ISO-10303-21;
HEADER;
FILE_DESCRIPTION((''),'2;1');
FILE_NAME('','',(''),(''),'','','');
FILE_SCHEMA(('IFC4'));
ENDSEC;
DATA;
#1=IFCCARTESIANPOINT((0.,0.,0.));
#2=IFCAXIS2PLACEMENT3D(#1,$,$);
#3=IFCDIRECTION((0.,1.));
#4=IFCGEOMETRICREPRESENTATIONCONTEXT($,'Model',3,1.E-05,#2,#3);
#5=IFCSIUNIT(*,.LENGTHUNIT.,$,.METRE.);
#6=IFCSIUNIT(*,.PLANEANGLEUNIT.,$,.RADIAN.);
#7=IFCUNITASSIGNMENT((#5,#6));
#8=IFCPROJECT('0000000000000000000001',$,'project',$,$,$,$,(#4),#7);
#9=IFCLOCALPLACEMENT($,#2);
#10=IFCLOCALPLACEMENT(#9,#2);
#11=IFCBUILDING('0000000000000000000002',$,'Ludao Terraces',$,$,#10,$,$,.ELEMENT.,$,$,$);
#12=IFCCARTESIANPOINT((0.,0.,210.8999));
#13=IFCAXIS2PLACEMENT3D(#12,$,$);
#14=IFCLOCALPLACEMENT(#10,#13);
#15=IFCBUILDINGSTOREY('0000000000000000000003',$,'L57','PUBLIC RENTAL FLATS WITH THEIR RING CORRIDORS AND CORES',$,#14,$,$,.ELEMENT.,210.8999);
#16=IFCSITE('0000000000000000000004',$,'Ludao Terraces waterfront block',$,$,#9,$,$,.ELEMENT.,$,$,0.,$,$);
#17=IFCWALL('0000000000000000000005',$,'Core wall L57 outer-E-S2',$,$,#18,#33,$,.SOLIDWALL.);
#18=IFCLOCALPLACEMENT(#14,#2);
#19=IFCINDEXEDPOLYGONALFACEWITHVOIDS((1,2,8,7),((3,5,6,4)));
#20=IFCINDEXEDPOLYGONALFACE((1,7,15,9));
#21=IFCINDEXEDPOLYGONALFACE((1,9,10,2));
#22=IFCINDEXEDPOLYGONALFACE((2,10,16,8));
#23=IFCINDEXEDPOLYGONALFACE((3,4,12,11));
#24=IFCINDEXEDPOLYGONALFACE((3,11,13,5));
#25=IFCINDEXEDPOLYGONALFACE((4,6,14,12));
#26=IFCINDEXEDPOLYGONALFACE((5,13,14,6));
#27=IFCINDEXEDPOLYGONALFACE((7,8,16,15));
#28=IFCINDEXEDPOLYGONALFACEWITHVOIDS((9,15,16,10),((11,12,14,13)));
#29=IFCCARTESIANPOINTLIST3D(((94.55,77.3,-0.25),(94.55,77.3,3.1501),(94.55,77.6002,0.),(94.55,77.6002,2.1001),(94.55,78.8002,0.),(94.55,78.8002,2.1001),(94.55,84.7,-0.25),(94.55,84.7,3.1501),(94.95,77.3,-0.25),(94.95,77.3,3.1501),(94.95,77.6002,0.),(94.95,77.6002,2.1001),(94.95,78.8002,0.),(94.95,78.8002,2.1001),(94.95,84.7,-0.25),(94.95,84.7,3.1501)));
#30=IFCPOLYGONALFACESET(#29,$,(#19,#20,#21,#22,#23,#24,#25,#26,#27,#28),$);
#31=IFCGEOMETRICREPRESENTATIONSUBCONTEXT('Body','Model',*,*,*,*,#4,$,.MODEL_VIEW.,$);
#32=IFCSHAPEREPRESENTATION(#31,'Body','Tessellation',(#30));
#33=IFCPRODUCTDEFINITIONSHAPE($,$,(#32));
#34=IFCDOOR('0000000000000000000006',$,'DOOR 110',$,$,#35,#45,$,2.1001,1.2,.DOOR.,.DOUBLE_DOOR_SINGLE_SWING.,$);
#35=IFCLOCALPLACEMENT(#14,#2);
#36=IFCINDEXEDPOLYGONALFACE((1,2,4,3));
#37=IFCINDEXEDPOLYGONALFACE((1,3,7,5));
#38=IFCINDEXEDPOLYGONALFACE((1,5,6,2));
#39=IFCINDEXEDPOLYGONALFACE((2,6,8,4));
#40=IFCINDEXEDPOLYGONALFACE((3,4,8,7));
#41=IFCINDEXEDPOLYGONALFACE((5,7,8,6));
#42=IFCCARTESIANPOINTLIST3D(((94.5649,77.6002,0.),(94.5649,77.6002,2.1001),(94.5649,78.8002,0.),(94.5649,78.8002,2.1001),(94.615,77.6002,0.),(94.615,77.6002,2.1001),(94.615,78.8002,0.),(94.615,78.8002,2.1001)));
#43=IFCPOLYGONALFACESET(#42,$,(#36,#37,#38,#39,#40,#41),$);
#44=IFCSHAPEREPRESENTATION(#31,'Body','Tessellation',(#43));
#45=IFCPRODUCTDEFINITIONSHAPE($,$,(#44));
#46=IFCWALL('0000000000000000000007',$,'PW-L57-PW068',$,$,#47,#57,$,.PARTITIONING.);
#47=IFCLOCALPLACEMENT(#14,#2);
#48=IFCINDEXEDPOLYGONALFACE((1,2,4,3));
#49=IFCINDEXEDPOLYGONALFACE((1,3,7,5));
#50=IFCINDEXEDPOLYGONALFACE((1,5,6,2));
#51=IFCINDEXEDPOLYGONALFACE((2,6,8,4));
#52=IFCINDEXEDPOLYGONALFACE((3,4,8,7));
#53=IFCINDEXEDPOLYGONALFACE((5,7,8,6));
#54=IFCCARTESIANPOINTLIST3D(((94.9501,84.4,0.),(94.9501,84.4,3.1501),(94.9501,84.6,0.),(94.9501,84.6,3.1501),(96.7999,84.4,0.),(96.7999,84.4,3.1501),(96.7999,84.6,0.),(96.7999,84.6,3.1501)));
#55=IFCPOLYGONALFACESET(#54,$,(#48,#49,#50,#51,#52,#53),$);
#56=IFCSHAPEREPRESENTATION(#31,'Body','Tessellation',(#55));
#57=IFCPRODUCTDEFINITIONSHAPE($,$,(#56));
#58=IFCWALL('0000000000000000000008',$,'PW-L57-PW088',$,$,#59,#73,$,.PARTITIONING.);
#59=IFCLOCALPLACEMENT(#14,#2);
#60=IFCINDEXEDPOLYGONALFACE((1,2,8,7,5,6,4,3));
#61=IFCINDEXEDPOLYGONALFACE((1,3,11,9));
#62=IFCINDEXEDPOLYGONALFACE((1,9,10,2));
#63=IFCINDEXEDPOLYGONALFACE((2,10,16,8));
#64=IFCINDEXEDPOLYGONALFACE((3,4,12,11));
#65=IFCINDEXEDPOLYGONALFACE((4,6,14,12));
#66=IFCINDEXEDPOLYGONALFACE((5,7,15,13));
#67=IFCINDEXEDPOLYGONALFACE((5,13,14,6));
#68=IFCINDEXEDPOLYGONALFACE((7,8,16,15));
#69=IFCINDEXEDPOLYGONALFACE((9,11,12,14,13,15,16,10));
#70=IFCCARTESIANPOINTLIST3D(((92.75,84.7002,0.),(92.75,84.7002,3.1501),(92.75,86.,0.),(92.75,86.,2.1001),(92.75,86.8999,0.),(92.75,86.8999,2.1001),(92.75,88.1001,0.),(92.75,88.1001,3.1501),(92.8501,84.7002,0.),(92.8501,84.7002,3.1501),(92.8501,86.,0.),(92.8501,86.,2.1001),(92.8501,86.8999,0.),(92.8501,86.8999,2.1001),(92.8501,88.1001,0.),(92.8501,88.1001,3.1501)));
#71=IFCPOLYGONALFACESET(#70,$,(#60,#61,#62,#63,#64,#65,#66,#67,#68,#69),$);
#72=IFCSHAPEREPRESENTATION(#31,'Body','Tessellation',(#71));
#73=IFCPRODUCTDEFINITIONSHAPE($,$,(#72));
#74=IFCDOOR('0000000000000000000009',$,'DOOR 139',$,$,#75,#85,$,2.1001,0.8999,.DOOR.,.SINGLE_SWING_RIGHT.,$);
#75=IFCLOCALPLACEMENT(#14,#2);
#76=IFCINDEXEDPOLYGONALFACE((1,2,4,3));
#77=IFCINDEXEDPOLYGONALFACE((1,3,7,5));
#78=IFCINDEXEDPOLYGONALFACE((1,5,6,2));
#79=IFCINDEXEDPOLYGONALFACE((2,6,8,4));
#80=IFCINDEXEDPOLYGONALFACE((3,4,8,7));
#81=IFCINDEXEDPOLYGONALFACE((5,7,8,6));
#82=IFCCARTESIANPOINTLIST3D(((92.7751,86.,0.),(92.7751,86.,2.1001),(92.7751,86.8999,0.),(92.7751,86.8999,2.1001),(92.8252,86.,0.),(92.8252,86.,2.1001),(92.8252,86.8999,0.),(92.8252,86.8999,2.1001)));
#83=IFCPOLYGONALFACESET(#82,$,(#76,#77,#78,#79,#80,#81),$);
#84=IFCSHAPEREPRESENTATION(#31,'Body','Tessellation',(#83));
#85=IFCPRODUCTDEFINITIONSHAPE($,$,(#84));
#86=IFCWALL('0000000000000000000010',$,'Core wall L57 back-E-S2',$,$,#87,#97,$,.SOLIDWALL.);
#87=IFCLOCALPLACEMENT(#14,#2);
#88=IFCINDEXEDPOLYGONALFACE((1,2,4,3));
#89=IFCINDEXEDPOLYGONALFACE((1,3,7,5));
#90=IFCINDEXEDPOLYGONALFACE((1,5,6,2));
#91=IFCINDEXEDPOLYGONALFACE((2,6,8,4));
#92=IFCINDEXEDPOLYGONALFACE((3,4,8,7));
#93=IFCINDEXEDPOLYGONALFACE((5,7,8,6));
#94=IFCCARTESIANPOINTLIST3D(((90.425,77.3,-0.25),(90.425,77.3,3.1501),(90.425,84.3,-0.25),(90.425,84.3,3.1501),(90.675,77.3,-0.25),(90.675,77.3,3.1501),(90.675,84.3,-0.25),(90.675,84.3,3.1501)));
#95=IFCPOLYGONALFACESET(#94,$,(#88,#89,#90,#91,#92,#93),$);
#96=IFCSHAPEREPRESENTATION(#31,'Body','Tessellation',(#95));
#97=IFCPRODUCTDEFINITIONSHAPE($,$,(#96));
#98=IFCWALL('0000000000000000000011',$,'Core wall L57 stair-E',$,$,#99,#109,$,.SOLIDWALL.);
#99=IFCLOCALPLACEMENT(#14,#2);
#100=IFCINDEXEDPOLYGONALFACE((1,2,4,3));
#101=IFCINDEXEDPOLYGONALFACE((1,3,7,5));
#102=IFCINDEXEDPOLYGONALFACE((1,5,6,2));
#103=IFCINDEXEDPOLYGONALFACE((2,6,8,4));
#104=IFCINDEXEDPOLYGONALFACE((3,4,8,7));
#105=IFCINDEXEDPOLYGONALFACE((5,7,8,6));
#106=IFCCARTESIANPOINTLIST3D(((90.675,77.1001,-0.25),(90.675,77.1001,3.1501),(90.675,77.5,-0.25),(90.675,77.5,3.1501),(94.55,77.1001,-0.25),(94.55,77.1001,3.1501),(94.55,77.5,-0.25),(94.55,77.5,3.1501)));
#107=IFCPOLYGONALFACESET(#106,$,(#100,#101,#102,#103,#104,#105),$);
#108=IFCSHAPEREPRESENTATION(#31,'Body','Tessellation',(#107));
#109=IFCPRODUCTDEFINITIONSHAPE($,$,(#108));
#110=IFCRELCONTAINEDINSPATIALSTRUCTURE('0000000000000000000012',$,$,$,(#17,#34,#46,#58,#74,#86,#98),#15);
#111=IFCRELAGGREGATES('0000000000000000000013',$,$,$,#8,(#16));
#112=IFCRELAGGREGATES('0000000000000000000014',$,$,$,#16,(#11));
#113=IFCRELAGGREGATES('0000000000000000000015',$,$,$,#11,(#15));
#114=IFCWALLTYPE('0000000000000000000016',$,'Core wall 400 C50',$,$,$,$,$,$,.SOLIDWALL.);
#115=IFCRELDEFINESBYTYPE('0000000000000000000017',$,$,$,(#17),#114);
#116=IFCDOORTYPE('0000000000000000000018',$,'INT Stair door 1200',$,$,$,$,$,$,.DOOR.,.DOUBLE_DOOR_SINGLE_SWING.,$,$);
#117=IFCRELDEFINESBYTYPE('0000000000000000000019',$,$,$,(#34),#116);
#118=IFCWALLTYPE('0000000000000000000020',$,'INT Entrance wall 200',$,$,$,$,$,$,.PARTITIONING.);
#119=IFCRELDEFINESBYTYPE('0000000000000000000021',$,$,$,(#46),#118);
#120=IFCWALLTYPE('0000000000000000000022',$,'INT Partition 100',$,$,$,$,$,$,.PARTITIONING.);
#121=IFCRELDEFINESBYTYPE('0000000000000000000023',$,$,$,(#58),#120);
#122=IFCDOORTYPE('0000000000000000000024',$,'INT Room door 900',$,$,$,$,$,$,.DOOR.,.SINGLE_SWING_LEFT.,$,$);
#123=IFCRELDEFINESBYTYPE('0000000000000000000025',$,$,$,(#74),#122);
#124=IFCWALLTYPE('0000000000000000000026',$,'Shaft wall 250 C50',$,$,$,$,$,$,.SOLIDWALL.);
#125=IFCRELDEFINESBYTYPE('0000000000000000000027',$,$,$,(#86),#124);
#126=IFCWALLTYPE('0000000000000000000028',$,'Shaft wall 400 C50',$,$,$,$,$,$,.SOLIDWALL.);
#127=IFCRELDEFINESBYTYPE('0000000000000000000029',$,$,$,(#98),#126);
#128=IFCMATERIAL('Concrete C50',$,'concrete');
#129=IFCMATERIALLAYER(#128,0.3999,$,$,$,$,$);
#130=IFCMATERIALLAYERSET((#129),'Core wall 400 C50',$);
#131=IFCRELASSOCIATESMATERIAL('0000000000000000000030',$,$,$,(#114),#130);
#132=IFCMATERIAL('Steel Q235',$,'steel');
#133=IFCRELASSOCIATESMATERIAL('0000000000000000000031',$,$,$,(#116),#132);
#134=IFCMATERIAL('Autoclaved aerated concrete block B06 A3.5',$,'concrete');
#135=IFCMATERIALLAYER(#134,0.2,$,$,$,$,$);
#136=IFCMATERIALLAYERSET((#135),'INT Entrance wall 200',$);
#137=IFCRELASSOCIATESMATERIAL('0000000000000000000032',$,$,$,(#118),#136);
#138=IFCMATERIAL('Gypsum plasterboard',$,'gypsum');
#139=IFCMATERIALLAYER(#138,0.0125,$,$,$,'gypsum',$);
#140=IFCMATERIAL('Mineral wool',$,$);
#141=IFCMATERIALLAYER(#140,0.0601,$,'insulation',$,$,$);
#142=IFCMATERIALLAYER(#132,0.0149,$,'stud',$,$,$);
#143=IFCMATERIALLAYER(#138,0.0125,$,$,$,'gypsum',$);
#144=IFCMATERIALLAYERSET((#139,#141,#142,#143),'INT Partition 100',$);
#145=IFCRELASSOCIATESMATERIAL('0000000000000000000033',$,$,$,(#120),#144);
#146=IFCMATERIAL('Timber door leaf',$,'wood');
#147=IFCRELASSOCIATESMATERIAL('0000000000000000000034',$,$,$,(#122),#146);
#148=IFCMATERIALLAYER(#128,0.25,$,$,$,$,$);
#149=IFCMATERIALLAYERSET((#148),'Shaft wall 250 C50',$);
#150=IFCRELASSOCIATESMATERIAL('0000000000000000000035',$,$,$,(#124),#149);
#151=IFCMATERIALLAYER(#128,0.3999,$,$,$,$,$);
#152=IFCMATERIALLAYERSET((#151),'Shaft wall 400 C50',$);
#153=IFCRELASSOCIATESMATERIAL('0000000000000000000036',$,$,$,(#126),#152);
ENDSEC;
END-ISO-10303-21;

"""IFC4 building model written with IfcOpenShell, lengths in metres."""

from ifc_helpers import new_model, si_unit, direction, frame, frame_2d, origin, place, context, subcontext, project, spatial, rectangle, extrude, material, layer, layer_set, type_object, element, fill, save


model = new_model("IFC4")

# Units and contexts
model_context = context("Model", 3, precision=1e-05, world=origin(), true_north=direction((0.0, 1.0)))
body_context = subcontext(model_context, "Body", "Model", "MODEL_VIEW")
ifc_project = project(units=[si_unit("LENGTHUNIT", "METRE"), si_unit("PLANEANGLEUNIT", "RADIAN")], contexts=[model_context])

# Site, building, storey
site_placement = place(None, origin())
site = spatial("IfcSite", under=ifc_project, at=site_placement, Name="Ludao Terraces waterfront block", CompositionType="ELEMENT", RefElevation=0.0)
building_placement = place(site_placement, origin())
building = spatial("IfcBuilding", under=site, at=building_placement, Name="Ludao Terraces", CompositionType="ELEMENT")
storey_placement = place(building_placement, frame((0.0, 0.0, 210.8999)))
storey = spatial("IfcBuildingStorey", under=building, at=storey_placement, Name="L57", Description="PUBLIC RENTAL FLATS WITH THEIR RING CORRIDORS AND CORES", CompositionType="ELEMENT", Elevation=210.8999)

# Wall, opening, door
ifc_material_1 = material(Name="Concrete C50", Category="concrete")
ifc_layer_1 = layer(ifc_material_1, 0.3999)
ifc_layer_set_1 = layer_set([ifc_layer_1], Name="Core wall 400 C50")
wall_type_1 = type_object("IfcWallType", Name="Core wall 400 C50", PredefinedType="SOLIDWALL", material=ifc_layer_set_1)
wall_1_placement = place(storey_placement, frame((94.75, 77.3, -0.25), z_axis=(0.0, 0.0, 1.0), x_axis=(0.0, 1.0, 0.0)))
wall_1 = element("IfcWall", 1, at=wall_1_placement, inside=storey, type_object=wall_type_1, Name="Core wall L57 outer-E-S2", PredefinedType="SOLIDWALL", context=body_context, shape_type="SweptSolid", body=[
    extrude(rectangle(XDim=7.3999, YDim=0.3999, at=frame_2d((3.7, 0.0))), origin(), (0.0, 0.0, 1.0), 3.4001),
])
opening_1_placement = place(wall_1_placement, frame((0.3, 0.0, 0.25)))
opening_1 = element("IfcOpeningElement", 2, at=opening_1_placement, cuts=wall_1, PredefinedType="OPENING", context=body_context, shape_type="SweptSolid", body=[
    extrude(rectangle(XDim=1.2, YDim=2.1001, at=frame_2d((0.6001, 1.05))), frame((0.0, 0.21, 0.0), z_axis=(0.0, -1.0, 0.0), x_axis=(1.0, 0.0, 0.0)), (0.0, 0.0, 1.0), 0.4199),
])
ifc_material_2 = material(Name="Steel Q235", Category="steel")
door_type_1 = type_object("IfcDoorType", Name="INT Stair door 1200", OperationType="DOUBLE_DOOR_SINGLE_SWING", PredefinedType="DOOR", material=ifc_material_2)
door_1_placement = place(opening_1_placement, origin())
door_1 = element("IfcDoor", 3, at=door_1_placement, inside=storey, type_object=door_type_1, Name="DOOR 110", OperationType="DOUBLE_DOOR_SINGLE_SWING", OverallHeight=2.1001, OverallWidth=1.2, PredefinedType="DOOR", context=body_context, shape_type="SweptSolid", body=[
    extrude(rectangle(XDim=1.2, YDim=2.1001, at=frame_2d((0.6001, 1.05))), frame((0.0, 0.1851, 0.0), z_axis=(0.0, -1.0, 0.0), x_axis=(1.0, 0.0, 0.0)), (0.0, 0.0, 1.0), 0.05),
])
fill(opening_1, door_1)

# Wall
ifc_material_3 = material(Name="Autoclaved aerated concrete block B06 A3.5", Category="concrete")
ifc_layer_2 = layer(ifc_material_3, 0.2)
ifc_layer_set_2 = layer_set([ifc_layer_2], Name="INT Entrance wall 200")
wall_type_2 = type_object("IfcWallType", Name="INT Entrance wall 200", PredefinedType="PARTITIONING", material=ifc_layer_set_2)
wall_2_placement = place(storey_placement, frame((94.9502, 84.5, 0.0), z_axis=(0.0, 0.0, 1.0), x_axis=(1.0, 0.0, 0.0)))
element("IfcWall", 4, at=wall_2_placement, inside=storey, type_object=wall_type_2, Name="PW-L57-PW068", PredefinedType="PARTITIONING", context=body_context, shape_type="SweptSolid", body=[
    extrude(rectangle(XDim=1.8499, YDim=0.2, at=frame_2d((0.9248, 0.0))), origin(), (0.0, 0.0, 1.0), 3.1501),
])

# Wall, opening, door
ifc_material_4 = material(Name="Gypsum plasterboard", Category="gypsum")
ifc_layer_3 = layer(ifc_material_4, 0.0125, Category="gypsum")
ifc_material_5 = material(Name="Mineral wool")
ifc_layer_4 = layer(ifc_material_5, 0.0601, Name="insulation")
ifc_layer_5 = layer(ifc_material_2, 0.0149, Name="stud")
ifc_layer_6 = layer(ifc_material_4, 0.0125, Category="gypsum")
ifc_layer_set_3 = layer_set([ifc_layer_3, ifc_layer_4, ifc_layer_5, ifc_layer_6], Name="INT Partition 100")
wall_type_3 = type_object("IfcWallType", Name="INT Partition 100", PredefinedType="PARTITIONING", material=ifc_layer_set_3)
wall_3_placement = place(storey_placement, frame((92.8, 84.7002, 0.0), z_axis=(0.0, 0.0, 1.0), x_axis=(0.0, 1.0, 0.0)))
wall_3 = element("IfcWall", 5, at=wall_3_placement, inside=storey, type_object=wall_type_3, Name="PW-L57-PW088", PredefinedType="PARTITIONING", context=body_context, shape_type="SweptSolid", body=[
    extrude(rectangle(XDim=3.3999, YDim=0.1001, at=frame_2d((1.7, 0.0))), origin(), (0.0, 0.0, 1.0), 3.1501),
])
opening_2_placement = place(wall_3_placement, frame((1.2998, 0.0, 0.0)))
opening_2 = element("IfcOpeningElement", 6, at=opening_2_placement, cuts=wall_3, PredefinedType="OPENING", context=body_context, shape_type="SweptSolid", body=[
    extrude(rectangle(XDim=0.8999, YDim=2.1001, at=frame_2d((0.45, 1.05))), frame((0.0, 0.0601, 0.0), z_axis=(0.0, -1.0, 0.0), x_axis=(1.0, 0.0, 0.0)), (0.0, 0.0, 1.0), 0.1201),
])
ifc_material_6 = material(Name="Timber door leaf", Category="wood")
door_type_2 = type_object("IfcDoorType", Name="INT Room door 900", OperationType="SINGLE_SWING_LEFT", PredefinedType="DOOR", material=ifc_material_6)
door_2_placement = place(opening_2_placement, origin())
door_2 = element("IfcDoor", 7, at=door_2_placement, inside=storey, type_object=door_type_2, Name="DOOR 139", OperationType="SINGLE_SWING_RIGHT", OverallHeight=2.1001, OverallWidth=0.8999, PredefinedType="DOOR", context=body_context, shape_type="SweptSolid", body=[
    extrude(rectangle(XDim=0.8999, YDim=2.1001, at=frame_2d((0.45, 1.05))), frame((0.0, 0.0249, 0.0), z_axis=(0.0, -1.0, 0.0), x_axis=(1.0, 0.0, 0.0)), (0.0, 0.0, 1.0), 0.05),
])
fill(opening_2, door_2)

# Walls
ifc_layer_7 = layer(ifc_material_1, 0.25)
ifc_layer_set_4 = layer_set([ifc_layer_7], Name="Shaft wall 250 C50")
wall_type_4 = type_object("IfcWallType", Name="Shaft wall 250 C50", PredefinedType="SOLIDWALL", material=ifc_layer_set_4)
wall_4_placement = place(storey_placement, frame((90.55, 77.3, -0.25), z_axis=(0.0, 0.0, 1.0), x_axis=(0.0, 1.0, 0.0)))
element("IfcWall", 8, at=wall_4_placement, inside=storey, type_object=wall_type_4, Name="Core wall L57 back-E-S2", PredefinedType="SOLIDWALL", context=body_context, shape_type="SweptSolid", body=[
    extrude(rectangle(XDim=7.0, YDim=0.25, at=frame_2d((3.5, 0.0))), origin(), (0.0, 0.0, 1.0), 3.4001),
])
ifc_layer_8 = layer(ifc_material_1, 0.3999)
ifc_layer_set_5 = layer_set([ifc_layer_8], Name="Shaft wall 400 C50")
wall_type_5 = type_object("IfcWallType", Name="Shaft wall 400 C50", PredefinedType="SOLIDWALL", material=ifc_layer_set_5)
wall_5_placement = place(storey_placement, frame((90.675, 77.3, -0.25), z_axis=(0.0, 0.0, 1.0), x_axis=(1.0, 0.0, 0.0)))
element("IfcWall", 9, at=wall_5_placement, inside=storey, type_object=wall_type_5, Name="Core wall L57 stair-E", PredefinedType="SOLIDWALL", context=body_context, shape_type="SweptSolid", body=[
    extrude(rectangle(XDim=3.875, YDim=0.3999, at=frame_2d((1.9375, 0.0))), origin(), (0.0, 0.0, 1.0), 3.4001),
])

save(model, "model.ifc")
